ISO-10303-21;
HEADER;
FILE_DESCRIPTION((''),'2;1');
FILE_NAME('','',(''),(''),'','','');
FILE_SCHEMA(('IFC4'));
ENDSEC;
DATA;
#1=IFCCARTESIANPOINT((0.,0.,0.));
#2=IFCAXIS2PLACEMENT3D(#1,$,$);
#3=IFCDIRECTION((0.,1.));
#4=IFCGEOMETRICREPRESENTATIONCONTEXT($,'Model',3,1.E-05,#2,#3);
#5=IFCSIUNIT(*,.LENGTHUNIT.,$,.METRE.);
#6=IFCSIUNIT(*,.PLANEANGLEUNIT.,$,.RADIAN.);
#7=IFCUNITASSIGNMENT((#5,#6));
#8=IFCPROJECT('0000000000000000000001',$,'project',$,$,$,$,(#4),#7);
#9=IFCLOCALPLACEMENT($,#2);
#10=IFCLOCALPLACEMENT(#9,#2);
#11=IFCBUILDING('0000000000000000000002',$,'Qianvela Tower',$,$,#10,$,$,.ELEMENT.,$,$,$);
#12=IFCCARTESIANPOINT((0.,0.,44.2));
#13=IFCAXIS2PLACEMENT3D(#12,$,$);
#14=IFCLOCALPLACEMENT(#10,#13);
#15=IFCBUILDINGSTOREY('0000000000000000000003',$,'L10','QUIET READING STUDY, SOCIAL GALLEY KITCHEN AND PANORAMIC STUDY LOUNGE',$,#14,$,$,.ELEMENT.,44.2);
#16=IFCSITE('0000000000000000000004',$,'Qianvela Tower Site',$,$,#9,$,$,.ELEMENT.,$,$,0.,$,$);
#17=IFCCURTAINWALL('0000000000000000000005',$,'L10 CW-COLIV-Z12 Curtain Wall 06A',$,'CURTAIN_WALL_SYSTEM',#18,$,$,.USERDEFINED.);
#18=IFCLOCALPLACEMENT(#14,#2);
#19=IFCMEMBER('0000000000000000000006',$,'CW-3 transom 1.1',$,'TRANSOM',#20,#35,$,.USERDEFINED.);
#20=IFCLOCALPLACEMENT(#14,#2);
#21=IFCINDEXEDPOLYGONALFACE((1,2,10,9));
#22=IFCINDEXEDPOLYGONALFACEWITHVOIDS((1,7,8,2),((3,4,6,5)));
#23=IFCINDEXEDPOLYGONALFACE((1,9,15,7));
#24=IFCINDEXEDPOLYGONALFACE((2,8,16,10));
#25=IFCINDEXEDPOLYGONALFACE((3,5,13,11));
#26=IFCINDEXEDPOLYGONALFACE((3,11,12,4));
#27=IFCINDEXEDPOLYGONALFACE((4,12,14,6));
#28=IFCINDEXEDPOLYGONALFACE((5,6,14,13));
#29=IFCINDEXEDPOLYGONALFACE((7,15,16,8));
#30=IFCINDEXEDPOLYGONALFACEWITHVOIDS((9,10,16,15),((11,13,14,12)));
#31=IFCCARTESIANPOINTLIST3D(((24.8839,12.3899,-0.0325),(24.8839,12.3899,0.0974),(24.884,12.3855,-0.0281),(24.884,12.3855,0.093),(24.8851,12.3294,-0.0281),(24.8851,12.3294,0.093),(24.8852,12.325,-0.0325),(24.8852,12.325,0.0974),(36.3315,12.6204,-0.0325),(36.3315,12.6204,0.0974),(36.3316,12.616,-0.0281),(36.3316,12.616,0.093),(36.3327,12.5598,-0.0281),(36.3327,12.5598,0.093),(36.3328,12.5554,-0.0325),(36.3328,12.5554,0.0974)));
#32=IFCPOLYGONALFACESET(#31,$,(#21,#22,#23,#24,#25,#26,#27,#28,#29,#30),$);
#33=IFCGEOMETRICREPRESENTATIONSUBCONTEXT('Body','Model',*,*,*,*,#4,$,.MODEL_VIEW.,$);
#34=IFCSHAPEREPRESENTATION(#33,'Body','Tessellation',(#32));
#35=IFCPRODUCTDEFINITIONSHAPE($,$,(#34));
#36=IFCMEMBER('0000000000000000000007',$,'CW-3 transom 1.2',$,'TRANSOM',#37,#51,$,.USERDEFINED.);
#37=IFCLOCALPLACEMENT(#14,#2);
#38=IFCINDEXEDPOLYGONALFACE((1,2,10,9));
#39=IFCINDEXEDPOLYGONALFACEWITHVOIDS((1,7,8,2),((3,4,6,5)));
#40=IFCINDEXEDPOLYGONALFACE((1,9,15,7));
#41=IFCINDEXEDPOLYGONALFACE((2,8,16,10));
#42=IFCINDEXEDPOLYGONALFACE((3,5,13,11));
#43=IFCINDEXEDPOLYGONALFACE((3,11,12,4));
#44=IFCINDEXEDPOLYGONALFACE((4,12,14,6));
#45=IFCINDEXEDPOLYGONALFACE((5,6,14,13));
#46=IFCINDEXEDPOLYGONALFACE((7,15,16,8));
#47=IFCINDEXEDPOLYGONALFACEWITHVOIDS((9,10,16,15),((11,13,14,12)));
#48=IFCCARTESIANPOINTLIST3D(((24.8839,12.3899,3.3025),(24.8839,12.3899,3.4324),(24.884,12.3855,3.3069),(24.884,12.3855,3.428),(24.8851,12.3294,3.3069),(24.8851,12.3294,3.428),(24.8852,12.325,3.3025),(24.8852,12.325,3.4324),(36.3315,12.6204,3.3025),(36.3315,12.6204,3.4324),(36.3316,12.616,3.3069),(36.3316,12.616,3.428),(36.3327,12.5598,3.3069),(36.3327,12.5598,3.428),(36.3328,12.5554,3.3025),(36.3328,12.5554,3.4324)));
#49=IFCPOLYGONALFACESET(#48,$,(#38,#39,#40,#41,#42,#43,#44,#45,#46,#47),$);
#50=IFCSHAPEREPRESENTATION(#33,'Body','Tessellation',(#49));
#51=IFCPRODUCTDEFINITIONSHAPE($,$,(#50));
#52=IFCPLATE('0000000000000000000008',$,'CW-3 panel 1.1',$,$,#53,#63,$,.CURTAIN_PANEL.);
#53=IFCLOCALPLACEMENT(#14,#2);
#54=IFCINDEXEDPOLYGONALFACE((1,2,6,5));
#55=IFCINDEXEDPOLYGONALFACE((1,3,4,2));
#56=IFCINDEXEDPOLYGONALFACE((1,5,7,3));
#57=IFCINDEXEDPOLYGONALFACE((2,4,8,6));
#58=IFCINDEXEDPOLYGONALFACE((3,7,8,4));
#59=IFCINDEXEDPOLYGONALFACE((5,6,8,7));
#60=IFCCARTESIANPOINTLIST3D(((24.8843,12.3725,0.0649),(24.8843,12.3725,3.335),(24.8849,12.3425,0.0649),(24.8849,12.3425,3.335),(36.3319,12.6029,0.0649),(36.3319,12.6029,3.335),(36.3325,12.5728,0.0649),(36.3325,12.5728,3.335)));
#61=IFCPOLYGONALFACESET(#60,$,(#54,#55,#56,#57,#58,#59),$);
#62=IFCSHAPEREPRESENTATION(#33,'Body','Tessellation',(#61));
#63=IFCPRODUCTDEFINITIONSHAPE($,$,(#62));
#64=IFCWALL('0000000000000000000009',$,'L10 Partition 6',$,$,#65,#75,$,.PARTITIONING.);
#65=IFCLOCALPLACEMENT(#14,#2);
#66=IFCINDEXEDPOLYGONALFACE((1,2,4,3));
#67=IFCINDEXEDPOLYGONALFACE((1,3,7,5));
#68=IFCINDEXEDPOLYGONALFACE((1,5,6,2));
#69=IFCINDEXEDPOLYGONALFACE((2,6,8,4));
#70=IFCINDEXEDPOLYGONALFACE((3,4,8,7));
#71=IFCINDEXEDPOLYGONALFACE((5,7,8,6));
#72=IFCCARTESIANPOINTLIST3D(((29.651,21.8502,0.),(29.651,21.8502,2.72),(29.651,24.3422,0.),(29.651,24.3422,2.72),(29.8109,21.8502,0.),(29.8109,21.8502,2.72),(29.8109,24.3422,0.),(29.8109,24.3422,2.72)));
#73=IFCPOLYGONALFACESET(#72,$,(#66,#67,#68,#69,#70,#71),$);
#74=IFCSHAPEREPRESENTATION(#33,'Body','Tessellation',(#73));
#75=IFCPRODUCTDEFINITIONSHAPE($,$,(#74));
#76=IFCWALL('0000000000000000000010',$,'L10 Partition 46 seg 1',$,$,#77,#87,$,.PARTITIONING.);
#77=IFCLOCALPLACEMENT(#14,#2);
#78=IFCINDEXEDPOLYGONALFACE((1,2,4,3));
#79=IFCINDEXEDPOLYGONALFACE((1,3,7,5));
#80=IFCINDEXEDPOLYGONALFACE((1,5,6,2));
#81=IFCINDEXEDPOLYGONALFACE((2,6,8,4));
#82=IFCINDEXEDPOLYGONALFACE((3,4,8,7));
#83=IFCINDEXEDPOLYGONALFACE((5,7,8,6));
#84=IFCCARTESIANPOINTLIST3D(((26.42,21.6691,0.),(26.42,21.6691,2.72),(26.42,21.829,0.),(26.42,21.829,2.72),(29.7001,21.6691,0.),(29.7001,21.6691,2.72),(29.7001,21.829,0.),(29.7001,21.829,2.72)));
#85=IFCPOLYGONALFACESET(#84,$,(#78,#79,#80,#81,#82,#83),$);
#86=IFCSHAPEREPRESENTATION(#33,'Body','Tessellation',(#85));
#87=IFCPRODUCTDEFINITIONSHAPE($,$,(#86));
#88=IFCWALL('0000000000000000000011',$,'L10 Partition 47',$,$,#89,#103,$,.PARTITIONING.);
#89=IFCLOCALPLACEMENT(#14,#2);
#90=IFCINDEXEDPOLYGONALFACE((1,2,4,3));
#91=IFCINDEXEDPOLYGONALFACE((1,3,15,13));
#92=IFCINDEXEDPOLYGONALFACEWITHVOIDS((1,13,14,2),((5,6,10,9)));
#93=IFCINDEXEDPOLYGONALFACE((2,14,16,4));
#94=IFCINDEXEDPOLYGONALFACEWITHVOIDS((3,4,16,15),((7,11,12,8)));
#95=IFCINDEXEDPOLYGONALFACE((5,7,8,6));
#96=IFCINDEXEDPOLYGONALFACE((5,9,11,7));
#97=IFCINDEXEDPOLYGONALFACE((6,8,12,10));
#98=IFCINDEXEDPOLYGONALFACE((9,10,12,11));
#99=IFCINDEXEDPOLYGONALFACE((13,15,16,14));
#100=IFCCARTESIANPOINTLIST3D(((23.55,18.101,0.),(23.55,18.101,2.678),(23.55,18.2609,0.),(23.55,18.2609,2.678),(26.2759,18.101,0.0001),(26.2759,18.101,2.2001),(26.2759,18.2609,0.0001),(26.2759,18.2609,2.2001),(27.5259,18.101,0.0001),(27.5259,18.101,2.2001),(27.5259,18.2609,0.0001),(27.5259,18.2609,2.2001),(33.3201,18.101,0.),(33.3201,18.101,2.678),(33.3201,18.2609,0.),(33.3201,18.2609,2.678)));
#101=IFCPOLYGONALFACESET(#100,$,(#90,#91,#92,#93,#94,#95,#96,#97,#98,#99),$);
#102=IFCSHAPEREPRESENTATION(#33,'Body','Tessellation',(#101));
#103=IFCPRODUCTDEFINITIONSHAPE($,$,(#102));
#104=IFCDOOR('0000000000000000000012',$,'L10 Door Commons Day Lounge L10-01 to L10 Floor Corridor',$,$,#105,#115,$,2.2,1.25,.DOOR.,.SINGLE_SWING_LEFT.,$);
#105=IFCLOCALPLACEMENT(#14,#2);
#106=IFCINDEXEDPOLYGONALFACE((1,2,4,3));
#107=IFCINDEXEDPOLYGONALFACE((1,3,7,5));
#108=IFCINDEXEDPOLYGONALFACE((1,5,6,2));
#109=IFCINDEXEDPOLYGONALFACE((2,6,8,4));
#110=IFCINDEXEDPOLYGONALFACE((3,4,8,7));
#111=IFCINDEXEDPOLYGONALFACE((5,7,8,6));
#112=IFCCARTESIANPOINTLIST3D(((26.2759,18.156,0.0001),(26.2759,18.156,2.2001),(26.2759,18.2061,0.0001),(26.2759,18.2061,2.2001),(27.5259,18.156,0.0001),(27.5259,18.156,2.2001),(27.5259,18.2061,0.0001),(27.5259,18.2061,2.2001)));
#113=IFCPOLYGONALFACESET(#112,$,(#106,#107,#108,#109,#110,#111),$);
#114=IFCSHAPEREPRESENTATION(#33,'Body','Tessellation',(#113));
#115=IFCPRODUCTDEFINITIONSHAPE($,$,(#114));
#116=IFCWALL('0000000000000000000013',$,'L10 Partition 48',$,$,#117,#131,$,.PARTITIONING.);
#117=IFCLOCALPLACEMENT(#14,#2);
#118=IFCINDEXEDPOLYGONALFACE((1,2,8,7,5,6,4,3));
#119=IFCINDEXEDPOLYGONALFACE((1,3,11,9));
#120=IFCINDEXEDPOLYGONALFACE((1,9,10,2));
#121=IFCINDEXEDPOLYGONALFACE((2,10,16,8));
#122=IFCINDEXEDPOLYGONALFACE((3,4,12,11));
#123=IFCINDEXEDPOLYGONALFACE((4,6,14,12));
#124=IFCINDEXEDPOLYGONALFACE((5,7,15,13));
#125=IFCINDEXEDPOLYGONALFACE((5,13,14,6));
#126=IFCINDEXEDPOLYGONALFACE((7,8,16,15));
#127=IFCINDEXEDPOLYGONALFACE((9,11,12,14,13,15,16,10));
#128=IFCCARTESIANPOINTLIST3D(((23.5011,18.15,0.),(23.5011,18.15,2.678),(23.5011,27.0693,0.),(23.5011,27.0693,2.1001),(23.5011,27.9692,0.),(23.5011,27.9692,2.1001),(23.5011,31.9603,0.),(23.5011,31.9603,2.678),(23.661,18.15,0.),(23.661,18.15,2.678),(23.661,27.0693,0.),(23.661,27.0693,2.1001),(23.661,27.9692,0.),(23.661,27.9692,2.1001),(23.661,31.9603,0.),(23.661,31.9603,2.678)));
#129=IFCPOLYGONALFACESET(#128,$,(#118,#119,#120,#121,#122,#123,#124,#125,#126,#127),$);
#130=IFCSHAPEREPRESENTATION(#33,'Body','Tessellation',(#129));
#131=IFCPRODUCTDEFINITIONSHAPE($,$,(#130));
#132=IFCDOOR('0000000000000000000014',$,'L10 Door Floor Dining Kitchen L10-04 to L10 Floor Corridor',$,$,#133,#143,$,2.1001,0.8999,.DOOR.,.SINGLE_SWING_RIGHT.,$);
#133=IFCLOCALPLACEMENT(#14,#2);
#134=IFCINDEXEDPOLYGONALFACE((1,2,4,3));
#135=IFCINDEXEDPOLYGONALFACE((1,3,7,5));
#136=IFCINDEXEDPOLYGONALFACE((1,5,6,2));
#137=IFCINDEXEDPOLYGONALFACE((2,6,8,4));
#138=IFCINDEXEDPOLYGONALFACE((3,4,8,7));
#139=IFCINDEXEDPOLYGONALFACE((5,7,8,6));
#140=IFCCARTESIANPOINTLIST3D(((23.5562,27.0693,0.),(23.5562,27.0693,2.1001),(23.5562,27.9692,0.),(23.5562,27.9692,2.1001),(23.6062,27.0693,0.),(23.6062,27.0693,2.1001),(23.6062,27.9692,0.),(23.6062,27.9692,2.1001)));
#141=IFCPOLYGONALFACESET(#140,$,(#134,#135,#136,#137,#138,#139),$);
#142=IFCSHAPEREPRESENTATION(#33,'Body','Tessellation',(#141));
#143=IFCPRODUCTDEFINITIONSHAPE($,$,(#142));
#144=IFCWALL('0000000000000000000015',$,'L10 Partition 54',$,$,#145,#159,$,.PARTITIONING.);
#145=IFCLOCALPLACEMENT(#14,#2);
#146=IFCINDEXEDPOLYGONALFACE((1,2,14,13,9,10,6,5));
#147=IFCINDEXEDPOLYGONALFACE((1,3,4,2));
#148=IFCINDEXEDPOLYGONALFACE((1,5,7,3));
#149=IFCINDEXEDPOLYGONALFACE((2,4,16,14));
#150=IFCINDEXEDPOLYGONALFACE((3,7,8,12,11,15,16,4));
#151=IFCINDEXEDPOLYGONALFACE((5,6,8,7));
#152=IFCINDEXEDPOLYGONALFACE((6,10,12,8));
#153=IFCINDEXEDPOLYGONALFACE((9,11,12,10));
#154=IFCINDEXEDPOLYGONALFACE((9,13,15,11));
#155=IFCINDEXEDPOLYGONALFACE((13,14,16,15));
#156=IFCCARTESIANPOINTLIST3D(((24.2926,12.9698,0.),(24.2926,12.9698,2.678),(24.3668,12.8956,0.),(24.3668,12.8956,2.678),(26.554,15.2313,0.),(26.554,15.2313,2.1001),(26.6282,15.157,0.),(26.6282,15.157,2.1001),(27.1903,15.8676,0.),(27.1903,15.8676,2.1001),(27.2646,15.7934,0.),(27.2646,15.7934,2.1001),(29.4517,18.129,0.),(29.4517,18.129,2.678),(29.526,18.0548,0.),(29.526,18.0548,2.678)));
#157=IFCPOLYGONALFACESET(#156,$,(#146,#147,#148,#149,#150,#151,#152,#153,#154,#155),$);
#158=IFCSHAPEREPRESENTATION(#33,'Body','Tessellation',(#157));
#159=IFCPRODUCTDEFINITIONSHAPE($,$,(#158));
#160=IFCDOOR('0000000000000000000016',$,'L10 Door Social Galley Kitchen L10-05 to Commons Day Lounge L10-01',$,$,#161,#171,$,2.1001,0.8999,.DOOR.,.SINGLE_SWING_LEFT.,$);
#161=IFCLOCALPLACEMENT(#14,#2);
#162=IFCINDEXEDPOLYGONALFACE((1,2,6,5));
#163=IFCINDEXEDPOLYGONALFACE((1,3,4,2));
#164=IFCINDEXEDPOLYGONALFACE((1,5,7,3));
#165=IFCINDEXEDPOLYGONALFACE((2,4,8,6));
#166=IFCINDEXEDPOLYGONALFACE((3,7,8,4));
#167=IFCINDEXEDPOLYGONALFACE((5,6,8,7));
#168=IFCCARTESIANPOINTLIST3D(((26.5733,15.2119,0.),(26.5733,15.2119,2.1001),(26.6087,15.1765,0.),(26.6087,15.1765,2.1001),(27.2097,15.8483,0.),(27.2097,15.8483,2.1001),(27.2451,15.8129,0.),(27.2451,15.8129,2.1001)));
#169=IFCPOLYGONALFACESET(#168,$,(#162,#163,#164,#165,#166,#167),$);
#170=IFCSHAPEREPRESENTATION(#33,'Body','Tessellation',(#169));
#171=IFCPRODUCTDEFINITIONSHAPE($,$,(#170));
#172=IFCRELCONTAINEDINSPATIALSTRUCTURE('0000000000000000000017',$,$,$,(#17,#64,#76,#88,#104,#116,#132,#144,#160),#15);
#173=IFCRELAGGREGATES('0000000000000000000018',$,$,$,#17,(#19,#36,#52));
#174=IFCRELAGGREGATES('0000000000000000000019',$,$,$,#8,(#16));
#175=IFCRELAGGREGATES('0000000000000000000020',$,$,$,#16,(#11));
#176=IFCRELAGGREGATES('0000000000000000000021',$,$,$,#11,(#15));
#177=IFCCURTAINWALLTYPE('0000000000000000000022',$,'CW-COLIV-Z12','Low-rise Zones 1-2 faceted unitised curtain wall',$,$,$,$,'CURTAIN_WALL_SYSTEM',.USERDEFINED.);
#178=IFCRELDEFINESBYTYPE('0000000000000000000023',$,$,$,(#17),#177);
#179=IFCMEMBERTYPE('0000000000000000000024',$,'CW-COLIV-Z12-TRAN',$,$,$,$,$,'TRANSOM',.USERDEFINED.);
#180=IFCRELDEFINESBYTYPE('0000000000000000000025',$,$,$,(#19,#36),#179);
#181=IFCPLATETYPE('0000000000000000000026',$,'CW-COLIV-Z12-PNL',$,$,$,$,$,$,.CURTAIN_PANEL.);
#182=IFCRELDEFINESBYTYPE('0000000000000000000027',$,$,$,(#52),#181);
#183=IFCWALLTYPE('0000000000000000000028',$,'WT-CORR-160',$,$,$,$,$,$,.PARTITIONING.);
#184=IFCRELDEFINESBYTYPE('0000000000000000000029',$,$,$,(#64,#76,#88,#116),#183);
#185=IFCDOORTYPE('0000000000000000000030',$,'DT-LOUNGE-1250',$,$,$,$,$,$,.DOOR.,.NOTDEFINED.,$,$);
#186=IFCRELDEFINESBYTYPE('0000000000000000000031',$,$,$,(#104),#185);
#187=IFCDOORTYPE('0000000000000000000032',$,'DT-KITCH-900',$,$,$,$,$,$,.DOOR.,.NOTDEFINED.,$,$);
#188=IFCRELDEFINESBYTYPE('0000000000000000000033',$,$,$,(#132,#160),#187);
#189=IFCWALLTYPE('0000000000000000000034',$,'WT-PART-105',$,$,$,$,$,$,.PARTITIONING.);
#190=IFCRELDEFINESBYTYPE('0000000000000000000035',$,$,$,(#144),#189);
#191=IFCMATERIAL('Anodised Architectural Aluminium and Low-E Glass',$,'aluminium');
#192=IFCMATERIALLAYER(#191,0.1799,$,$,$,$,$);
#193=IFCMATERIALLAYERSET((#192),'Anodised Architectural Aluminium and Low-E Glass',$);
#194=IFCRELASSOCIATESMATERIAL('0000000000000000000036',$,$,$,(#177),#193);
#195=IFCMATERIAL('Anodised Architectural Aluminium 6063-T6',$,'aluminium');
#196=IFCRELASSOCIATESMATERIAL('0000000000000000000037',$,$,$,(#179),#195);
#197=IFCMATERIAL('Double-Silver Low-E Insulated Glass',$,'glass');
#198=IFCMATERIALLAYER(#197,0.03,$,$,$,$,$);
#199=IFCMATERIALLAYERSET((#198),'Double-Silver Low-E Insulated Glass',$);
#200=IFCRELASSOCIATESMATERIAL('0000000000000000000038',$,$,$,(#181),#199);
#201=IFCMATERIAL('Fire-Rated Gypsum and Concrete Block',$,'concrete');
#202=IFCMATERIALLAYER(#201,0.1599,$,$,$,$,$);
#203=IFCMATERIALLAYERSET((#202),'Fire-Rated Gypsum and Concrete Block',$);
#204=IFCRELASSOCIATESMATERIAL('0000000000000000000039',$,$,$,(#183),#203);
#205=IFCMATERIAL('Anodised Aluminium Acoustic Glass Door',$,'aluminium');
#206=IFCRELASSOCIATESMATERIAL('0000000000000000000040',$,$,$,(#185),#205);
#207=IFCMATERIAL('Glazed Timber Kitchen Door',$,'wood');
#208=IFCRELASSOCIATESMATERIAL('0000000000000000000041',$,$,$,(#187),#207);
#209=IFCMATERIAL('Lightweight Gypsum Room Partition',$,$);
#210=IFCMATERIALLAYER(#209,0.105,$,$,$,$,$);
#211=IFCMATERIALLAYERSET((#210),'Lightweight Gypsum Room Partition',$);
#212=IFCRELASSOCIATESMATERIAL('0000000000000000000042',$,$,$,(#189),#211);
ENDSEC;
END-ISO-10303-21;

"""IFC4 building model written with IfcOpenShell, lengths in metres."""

from ifc_helpers import new_model, si_unit, direction, frame, frame_2d, origin, origin_2d, place, context, subcontext, project, spatial, rectangle, hollow_rectangle, extrude, material, layer, layer_set, material_profile, profile_set, type_object, element, fill, aggregate, save


model = new_model("IFC4")

# Units and contexts
model_context = context("Model", 3, precision=1e-05, world=origin(), true_north=direction((0.0, 1.0)))
body_context = subcontext(model_context, "Body", "Model", "MODEL_VIEW")
ifc_project = project(units=[si_unit("LENGTHUNIT", "METRE"), si_unit("PLANEANGLEUNIT", "RADIAN")], contexts=[model_context])

# Site, building, storey
site_placement = place(None, origin())
site = spatial("IfcSite", under=ifc_project, at=site_placement, Name="Qianvela Tower Site", CompositionType="ELEMENT", RefElevation=0.0)
building_placement = place(site_placement, origin())
building = spatial("IfcBuilding", under=site, at=building_placement, Name="Qianvela Tower", CompositionType="ELEMENT")
storey_placement = place(building_placement, frame((0.0, 0.0, 44.2)))
storey = spatial("IfcBuildingStorey", under=building, at=storey_placement, Name="L10", Description="QUIET READING STUDY, SOCIAL GALLEY KITCHEN AND PANORAMIC STUDY LOUNGE", CompositionType="ELEMENT", Elevation=44.2)

# Curtain wall, members, plate
ifc_material_1 = material(Name="Anodised Architectural Aluminium and Low-E Glass", Category="aluminium")
ifc_layer_1 = layer(ifc_material_1, 0.1799)
ifc_layer_set_1 = layer_set([ifc_layer_1], Name="Anodised Architectural Aluminium and Low-E Glass")
curtain_wall_type = type_object("IfcCurtainWallType", Name="CW-COLIV-Z12", Description="Low-rise Zones 1-2 faceted unitised curtain wall", ElementType="CURTAIN_WALL_SYSTEM", PredefinedType="USERDEFINED", material=ifc_layer_set_1)
curtain_wall_placement = place(storey_placement, origin())
curtain_wall = element("IfcCurtainWall", 1, at=curtain_wall_placement, inside=storey, type_object=curtain_wall_type, Name="L10 CW-COLIV-Z12 Curtain Wall 06A", ObjectType="CURTAIN_WALL_SYSTEM", PredefinedType="USERDEFINED")
ifc_material_2 = material(Name="Anodised Architectural Aluminium 6063-T6", Category="aluminium")
ifc_material_profile_1 = material_profile(ifc_material_2, hollow_rectangle(XDim=0.0649, YDim=0.1299, WallThickness=0.0044, at=origin_2d()), Name="ALU-TRAN-65x130")
ifc_profile_set_1 = profile_set([ifc_material_profile_1], Name="Anodised Architectural Aluminium 6063-T6")
member_type_1 = type_object("IfcMemberType", Name="CW-COLIV-Z12-TRAN", ElementType="TRANSOM", PredefinedType="USERDEFINED", material=ifc_profile_set_1)
member_1_placement = place(storey_placement, frame((24.8845, 12.3574, 0.0325), z_axis=(0.999797, 0.020129, 0.0), x_axis=(-0.020129, 0.999797, 0.0)))
member_1 = element("IfcMember", 2, at=member_1_placement, type_object=member_type_1, Name="CW-3 transom 1.1", ObjectType="TRANSOM", PredefinedType="USERDEFINED", context=body_context, shape_type="SweptSolid", body=[
    extrude(hollow_rectangle(XDim=0.0649, YDim=0.1299, WallThickness=0.0044, at=origin_2d()), origin(), (0.0, 0.0, 1.0), 11.45),
])
member_2_placement = place(storey_placement, frame((24.8845, 12.3574, 3.3674), z_axis=(0.999797, 0.020129, 0.0), x_axis=(-0.020129, 0.999797, 0.0)))
member_2 = element("IfcMember", 3, at=member_2_placement, type_object=member_type_1, Name="CW-3 transom 1.2", ObjectType="TRANSOM", PredefinedType="USERDEFINED", context=body_context, shape_type="SweptSolid", body=[
    extrude(hollow_rectangle(XDim=0.0649, YDim=0.1299, WallThickness=0.0044, at=origin_2d()), origin(), (0.0, 0.0, 1.0), 11.45),
])
ifc_material_3 = material(Name="Double-Silver Low-E Insulated Glass", Category="glass")
ifc_layer_2 = layer(ifc_material_3, 0.03)
ifc_layer_set_2 = layer_set([ifc_layer_2], Name="Double-Silver Low-E Insulated Glass")
plate_type = type_object("IfcPlateType", Name="CW-COLIV-Z12-PNL", PredefinedType="CURTAIN_PANEL", material=ifc_layer_set_2)
plate_placement = place(storey_placement, frame((30.6084, 12.4727, 0.0649), z_axis=(0.0, 0.0, 1.0), x_axis=(0.999798, 0.020121, 0.0)))
plate = element("IfcPlate", 4, at=plate_placement, type_object=plate_type, Name="CW-3 panel 1.1", PredefinedType="CURTAIN_PANEL", context=body_context, shape_type="SweptSolid", body=[
    extrude(rectangle(XDim=11.45, YDim=0.03, at=origin_2d()), origin(), (0.0, 0.0, 1.0), 3.27),
])
aggregate(curtain_wall, [member_1, member_2, plate])

# Shared definitions
ifc_material_4 = material(Name="Fire-Rated Gypsum and Concrete Block", Category="concrete")
ifc_layer_3 = layer(ifc_material_4, 0.1599)
ifc_layer_set_3 = layer_set([ifc_layer_3], Name="Fire-Rated Gypsum and Concrete Block")
wall_type_1 = type_object("IfcWallType", Name="WT-CORR-160", PredefinedType="PARTITIONING", material=ifc_layer_set_3)

# Walls
wall_1_placement = place(storey_placement, frame((29.731, 21.8501, 0.0), z_axis=(0.0, 0.0, 1.0), x_axis=(0.0, 1.0, 0.0)))
element("IfcWall", 5, at=wall_1_placement, inside=storey, type_object=wall_type_1, Name="L10 Partition 6", PredefinedType="PARTITIONING", context=body_context, shape_type="SweptSolid", body=[
    extrude(rectangle(XDim=2.4919, YDim=0.1599, at=frame_2d((1.2461, 0.0))), origin(), (0.0, 0.0, 1.0), 2.72),
])
wall_2_placement = place(storey_placement, frame((26.4199, 21.749, 0.0), z_axis=(0.0, 0.0, 1.0), x_axis=(1.0, 0.0, 0.0)))
element("IfcWall", 6, at=wall_2_placement, inside=storey, type_object=wall_type_1, Name="L10 Partition 46 seg 1", PredefinedType="PARTITIONING", context=body_context, shape_type="SweptSolid", body=[
    extrude(rectangle(XDim=3.28, YDim=0.1599, at=frame_2d((1.6401, 0.0))), origin(), (0.0, 0.0, 1.0), 2.72),
])

# Walls, openings, doors
wall_3_placement = place(storey_placement, frame((33.3201, 18.1809, 0.0), z_axis=(0.0, 0.0, 1.0), x_axis=(-1.0, 0.0, 0.0)))
wall_3 = element("IfcWall", 7, at=wall_3_placement, inside=storey, type_object=wall_type_1, Name="L10 Partition 47", PredefinedType="PARTITIONING", context=body_context, shape_type="SweptSolid", body=[
    extrude(rectangle(XDim=9.77, YDim=0.1599, at=frame_2d((4.885, 0.0))), origin(), (0.0, 0.0, 1.0), 2.678),
])
opening_1_placement = place(wall_3_placement, frame((5.7942, 0.0, 0.0)))
opening_1 = element("IfcOpeningElement", 8, at=opening_1_placement, cuts=wall_3, PredefinedType="OPENING", context=body_context, shape_type="SweptSolid", body=[
    extrude(rectangle(XDim=1.25, YDim=2.2, at=frame_2d((0.625, 1.1001))), frame((0.0, 0.0898, 0.0), z_axis=(0.0, -1.0, 0.0), x_axis=(1.0, 0.0, 0.0)), (0.0, 0.0, 1.0), 0.1799),
])
ifc_material_5 = material(Name="Anodised Aluminium Acoustic Glass Door", Category="aluminium")
door_type_1 = type_object("IfcDoorType", Name="DT-LOUNGE-1250", OperationType="NOTDEFINED", PredefinedType="DOOR", material=ifc_material_5)
door_1_placement = place(opening_1_placement, origin())
door_1 = element("IfcDoor", 9, at=door_1_placement, inside=storey, type_object=door_type_1, Name="L10 Door Commons Day Lounge L10-01 to L10 Floor Corridor", OperationType="SINGLE_SWING_LEFT", OverallHeight=2.2, OverallWidth=1.25, PredefinedType="DOOR", context=body_context, shape_type="SweptSolid", body=[
    extrude(rectangle(XDim=1.25, YDim=2.2, at=frame_2d((0.625, 1.1001))), frame((0.0, 0.0249, 0.0), z_axis=(0.0, -1.0, 0.0), x_axis=(1.0, 0.0, 0.0)), (0.0, 0.0, 1.0), 0.05),
])
fill(opening_1, door_1)
wall_4_placement = place(storey_placement, frame((23.5811, 18.1499, 0.0), z_axis=(0.0, 0.0, 1.0), x_axis=(0.0, 1.0, 0.0)))
wall_4 = element("IfcWall", 10, at=wall_4_placement, inside=storey, type_object=wall_type_1, Name="L10 Partition 48", PredefinedType="PARTITIONING", context=body_context, shape_type="SweptSolid", body=[
    extrude(rectangle(XDim=13.8103, YDim=0.1599, at=frame_2d((6.9053, 0.0))), origin(), (0.0, 0.0, 1.0), 2.678),
])
opening_2_placement = place(wall_4_placement, frame((8.9194, 0.0, 0.0)))
opening_2 = element("IfcOpeningElement", 11, at=opening_2_placement, cuts=wall_4, PredefinedType="OPENING", context=body_context, shape_type="SweptSolid", body=[
    extrude(rectangle(XDim=0.8999, YDim=2.1001, at=frame_2d((0.45, 1.05))), frame((0.0, 0.0898, 0.0), z_axis=(0.0, -1.0, 0.0), x_axis=(1.0, 0.0, 0.0)), (0.0, 0.0, 1.0), 0.1799),
])
ifc_material_6 = material(Name="Glazed Timber Kitchen Door", Category="wood")
door_type_2 = type_object("IfcDoorType", Name="DT-KITCH-900", OperationType="NOTDEFINED", PredefinedType="DOOR", material=ifc_material_6)
door_2_placement = place(opening_2_placement, origin())
door_2 = element("IfcDoor", 12, at=door_2_placement, inside=storey, type_object=door_type_2, Name="L10 Door Floor Dining Kitchen L10-04 to L10 Floor Corridor", OperationType="SINGLE_SWING_RIGHT", OverallHeight=2.1001, OverallWidth=0.8999, PredefinedType="DOOR", context=body_context, shape_type="SweptSolid", body=[
    extrude(rectangle(XDim=0.8999, YDim=2.1001, at=frame_2d((0.45, 1.05))), frame((0.0, 0.0249, 0.0), z_axis=(0.0, -1.0, 0.0), x_axis=(1.0, 0.0, 0.0)), (0.0, 0.0, 1.0), 0.05),
])
fill(opening_2, door_2)
ifc_material_7 = material(Name="Lightweight Gypsum Room Partition")
ifc_layer_4 = layer(ifc_material_7, 0.105)
ifc_layer_set_4 = layer_set([ifc_layer_4], Name="Lightweight Gypsum Room Partition")
wall_type_2 = type_object("IfcWallType", Name="WT-PART-105", PredefinedType="PARTITIONING", material=ifc_layer_set_4)
wall_5_placement = place(storey_placement, frame((29.4888, 18.0918, 0.0), z_axis=(0.0, 0.0, 1.0), x_axis=(-0.707107, -0.707107, 0.0)))
wall_5 = element("IfcWall", 13, at=wall_5_placement, inside=storey, type_object=wall_type_2, Name="L10 Partition 54", PredefinedType="PARTITIONING", context=body_context, shape_type="SweptSolid", body=[
    extrude(rectangle(XDim=7.2961, YDim=0.105, at=frame_2d((3.6479, 0.0))), origin(), (0.0, 0.0, 1.0), 2.678),
])
opening_3_placement = place(wall_5_placement, frame((3.198, 0.0, 0.0)))
opening_3 = element("IfcOpeningElement", 14, at=opening_3_placement, cuts=wall_5, PredefinedType="OPENING", context=body_context, shape_type="SweptSolid", body=[
    extrude(rectangle(XDim=0.8999, YDim=2.1001, at=frame_2d((0.45, 1.05))), frame((0.0, 0.0625, 0.0), z_axis=(0.0, -1.0, 0.0), x_axis=(1.0, 0.0, 0.0)), (0.0, 0.0, 1.0), 0.125),
])
door_3_placement = place(opening_3_placement, origin())
door_3 = element("IfcDoor", 15, at=door_3_placement, inside=storey, type_object=door_type_2, Name="L10 Door Social Galley Kitchen L10-05 to Commons Day Lounge L10-01", OperationType="SINGLE_SWING_LEFT", OverallHeight=2.1001, OverallWidth=0.8999, PredefinedType="DOOR", context=body_context, shape_type="SweptSolid", body=[
    extrude(rectangle(XDim=0.8999, YDim=2.1001, at=frame_2d((0.45, 1.05))), frame((0.0, 0.0249, 0.0), z_axis=(0.0, -1.0, 0.0), x_axis=(1.0, 0.0, 0.0)), (0.0, 0.0, 1.0), 0.05),
])
fill(opening_3, door_3)

save(model, "model.ifc")
